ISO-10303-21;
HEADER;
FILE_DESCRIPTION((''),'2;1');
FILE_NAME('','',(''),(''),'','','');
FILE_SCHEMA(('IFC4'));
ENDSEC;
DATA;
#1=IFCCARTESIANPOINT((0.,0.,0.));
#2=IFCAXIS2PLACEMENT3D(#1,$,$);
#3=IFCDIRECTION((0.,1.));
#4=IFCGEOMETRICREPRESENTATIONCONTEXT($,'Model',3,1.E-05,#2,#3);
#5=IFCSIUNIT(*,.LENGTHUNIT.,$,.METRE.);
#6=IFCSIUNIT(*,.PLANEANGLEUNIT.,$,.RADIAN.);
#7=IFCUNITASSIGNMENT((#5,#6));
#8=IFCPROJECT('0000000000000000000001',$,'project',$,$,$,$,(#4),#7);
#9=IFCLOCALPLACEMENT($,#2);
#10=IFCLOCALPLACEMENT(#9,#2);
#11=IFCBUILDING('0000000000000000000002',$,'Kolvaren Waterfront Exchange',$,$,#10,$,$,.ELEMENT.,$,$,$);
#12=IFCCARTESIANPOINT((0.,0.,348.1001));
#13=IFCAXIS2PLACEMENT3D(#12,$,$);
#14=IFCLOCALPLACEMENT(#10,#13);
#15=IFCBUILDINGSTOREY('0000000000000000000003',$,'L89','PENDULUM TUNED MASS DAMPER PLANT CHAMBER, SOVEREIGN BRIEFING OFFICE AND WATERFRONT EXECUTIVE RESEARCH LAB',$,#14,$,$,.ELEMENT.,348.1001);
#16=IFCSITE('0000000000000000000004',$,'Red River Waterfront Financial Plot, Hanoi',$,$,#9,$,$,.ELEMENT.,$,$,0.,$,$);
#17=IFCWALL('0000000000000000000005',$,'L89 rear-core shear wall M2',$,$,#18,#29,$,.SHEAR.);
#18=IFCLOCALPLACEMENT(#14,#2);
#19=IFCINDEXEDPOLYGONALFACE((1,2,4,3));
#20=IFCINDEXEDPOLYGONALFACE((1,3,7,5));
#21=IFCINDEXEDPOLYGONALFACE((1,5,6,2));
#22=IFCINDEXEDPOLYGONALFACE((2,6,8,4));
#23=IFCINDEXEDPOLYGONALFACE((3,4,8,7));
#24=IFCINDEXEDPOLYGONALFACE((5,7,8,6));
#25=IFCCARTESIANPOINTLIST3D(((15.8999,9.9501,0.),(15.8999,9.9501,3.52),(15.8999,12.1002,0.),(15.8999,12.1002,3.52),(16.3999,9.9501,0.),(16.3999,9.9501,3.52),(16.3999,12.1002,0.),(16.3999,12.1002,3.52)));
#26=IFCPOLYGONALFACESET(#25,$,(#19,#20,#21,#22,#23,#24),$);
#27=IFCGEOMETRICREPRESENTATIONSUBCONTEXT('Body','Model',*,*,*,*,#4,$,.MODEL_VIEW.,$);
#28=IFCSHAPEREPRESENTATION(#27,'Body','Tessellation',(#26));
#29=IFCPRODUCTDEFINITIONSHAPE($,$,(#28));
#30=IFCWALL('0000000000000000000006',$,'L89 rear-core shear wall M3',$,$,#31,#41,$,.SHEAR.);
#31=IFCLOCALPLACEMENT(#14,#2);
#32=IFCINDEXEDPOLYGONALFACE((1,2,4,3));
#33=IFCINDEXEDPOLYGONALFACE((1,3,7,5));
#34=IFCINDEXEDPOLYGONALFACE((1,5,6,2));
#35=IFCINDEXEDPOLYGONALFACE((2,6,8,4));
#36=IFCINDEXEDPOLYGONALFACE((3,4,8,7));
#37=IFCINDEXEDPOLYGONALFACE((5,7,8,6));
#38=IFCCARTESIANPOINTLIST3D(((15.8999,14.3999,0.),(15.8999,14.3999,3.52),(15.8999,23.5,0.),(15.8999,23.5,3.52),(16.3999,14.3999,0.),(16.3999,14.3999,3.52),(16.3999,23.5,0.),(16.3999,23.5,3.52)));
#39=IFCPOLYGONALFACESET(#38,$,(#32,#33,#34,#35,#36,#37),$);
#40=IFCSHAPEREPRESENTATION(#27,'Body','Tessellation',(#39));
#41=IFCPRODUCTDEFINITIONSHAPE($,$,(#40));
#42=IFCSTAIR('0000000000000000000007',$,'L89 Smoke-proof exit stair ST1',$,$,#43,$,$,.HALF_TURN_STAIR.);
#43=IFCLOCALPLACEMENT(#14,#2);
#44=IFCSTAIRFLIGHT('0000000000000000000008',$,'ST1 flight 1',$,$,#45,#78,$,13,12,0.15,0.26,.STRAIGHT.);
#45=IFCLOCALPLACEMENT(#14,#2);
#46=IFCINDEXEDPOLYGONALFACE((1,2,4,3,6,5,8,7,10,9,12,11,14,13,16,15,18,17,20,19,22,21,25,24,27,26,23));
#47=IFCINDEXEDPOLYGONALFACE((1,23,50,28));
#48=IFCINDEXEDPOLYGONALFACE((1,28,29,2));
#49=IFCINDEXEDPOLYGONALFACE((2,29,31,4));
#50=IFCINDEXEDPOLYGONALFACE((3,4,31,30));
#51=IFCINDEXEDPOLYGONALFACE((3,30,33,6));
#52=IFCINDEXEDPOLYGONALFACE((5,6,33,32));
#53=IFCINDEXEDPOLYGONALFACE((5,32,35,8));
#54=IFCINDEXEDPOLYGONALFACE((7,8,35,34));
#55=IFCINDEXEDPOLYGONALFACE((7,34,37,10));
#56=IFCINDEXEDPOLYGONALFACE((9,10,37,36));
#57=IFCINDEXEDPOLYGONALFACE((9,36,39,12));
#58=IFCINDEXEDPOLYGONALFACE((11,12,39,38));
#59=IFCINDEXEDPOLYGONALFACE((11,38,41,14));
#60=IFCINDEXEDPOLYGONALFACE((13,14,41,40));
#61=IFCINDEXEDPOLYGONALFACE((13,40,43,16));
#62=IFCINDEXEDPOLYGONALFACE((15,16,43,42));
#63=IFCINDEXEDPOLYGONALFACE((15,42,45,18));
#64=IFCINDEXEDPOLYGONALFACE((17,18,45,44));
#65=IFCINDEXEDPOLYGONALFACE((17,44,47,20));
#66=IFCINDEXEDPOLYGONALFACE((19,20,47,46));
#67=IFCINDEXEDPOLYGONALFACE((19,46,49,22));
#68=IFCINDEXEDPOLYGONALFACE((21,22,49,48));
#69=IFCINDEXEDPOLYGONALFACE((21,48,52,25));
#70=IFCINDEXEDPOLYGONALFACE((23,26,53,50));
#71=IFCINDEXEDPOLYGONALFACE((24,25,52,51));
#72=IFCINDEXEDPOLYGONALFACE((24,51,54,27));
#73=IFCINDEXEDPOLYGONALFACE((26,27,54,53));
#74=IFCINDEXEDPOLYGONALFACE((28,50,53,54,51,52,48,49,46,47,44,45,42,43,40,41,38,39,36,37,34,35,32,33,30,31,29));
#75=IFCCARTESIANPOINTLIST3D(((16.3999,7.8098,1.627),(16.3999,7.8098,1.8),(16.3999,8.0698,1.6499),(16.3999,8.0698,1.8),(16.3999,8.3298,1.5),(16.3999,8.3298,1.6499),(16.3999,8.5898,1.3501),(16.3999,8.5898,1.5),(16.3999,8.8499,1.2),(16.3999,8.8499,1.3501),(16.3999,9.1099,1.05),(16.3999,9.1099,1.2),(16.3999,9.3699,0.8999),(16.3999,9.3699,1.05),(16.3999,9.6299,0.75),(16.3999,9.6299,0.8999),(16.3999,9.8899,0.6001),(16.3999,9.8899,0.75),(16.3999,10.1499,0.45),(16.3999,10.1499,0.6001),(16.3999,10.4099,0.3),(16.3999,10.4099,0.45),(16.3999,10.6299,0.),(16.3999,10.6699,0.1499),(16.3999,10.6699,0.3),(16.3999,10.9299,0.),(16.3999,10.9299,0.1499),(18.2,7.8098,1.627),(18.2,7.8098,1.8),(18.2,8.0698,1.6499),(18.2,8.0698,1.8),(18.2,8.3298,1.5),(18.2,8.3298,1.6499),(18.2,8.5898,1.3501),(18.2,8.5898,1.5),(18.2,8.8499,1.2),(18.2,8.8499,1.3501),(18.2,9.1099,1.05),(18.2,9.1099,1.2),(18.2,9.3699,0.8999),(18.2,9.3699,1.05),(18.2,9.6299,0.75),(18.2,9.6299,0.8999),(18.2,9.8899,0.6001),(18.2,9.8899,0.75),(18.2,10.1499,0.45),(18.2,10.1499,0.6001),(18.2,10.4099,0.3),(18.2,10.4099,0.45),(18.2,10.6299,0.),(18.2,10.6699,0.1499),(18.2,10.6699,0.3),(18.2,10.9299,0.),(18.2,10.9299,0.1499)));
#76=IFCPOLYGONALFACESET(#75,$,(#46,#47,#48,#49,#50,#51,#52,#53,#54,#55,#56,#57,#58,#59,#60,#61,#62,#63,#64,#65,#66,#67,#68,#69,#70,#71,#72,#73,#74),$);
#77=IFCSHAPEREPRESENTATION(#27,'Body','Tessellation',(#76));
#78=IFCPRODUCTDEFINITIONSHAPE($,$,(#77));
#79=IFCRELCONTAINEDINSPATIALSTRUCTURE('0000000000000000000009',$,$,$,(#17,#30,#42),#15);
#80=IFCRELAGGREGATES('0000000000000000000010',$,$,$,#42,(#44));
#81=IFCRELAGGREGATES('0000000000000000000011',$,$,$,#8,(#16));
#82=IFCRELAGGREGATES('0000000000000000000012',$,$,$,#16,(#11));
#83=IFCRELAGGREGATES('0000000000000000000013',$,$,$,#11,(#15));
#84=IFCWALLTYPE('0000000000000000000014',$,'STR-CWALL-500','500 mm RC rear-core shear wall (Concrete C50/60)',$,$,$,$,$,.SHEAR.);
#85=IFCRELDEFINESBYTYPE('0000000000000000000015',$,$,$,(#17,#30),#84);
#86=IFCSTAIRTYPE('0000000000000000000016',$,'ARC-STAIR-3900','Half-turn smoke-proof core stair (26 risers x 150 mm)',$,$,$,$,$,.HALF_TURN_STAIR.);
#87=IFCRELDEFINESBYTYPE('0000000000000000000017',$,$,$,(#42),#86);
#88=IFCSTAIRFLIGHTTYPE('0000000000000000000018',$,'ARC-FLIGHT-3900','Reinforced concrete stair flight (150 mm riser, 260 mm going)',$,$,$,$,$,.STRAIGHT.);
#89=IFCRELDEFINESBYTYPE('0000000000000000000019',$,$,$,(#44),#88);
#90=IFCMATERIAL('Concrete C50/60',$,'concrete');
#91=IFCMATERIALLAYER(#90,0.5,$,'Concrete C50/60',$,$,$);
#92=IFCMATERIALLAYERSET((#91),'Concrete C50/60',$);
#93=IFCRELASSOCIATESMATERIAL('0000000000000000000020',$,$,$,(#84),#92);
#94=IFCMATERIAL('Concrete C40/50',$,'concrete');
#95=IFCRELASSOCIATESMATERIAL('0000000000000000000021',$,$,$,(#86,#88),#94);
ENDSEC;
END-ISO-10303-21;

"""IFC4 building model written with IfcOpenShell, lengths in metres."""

from ifc_helpers import new_model, si_unit, direction, frame, frame_2d, origin, place, context, subcontext, project, spatial, polyline, rectangle, outline, extrude, material, layer, layer_set, type_object, element, aggregate, save


model = new_model("IFC4")

# Units and contexts
model_context = context("Model", 3, precision=1e-05, world=origin(), true_north=direction((0.0, 1.0)))
body_context = subcontext(model_context, "Body", "Model", "MODEL_VIEW")
ifc_project = project(units=[si_unit("LENGTHUNIT", "METRE"), si_unit("PLANEANGLEUNIT", "RADIAN")], contexts=[model_context])

# Site, building, storey
site_placement = place(None, origin())
site = spatial("IfcSite", under=ifc_project, at=site_placement, Name="Red River Waterfront Financial Plot, Hanoi", CompositionType="ELEMENT", RefElevation=0.0)
building_placement = place(site_placement, origin())
building = spatial("IfcBuilding", under=site, at=building_placement, Name="Kolvaren Waterfront Exchange", CompositionType="ELEMENT")
storey_placement = place(building_placement, frame((0.0, 0.0, 348.1001)))
storey = spatial("IfcBuildingStorey", under=building, at=storey_placement, Name="L89", Description="PENDULUM TUNED MASS DAMPER PLANT CHAMBER, SOVEREIGN BRIEFING OFFICE AND WATERFRONT EXECUTIVE RESEARCH LAB", CompositionType="ELEMENT", Elevation=348.1001)

# Walls
ifc_material_1 = material(Name="Concrete C40/50", Category="concrete")
ifc_material_2 = material(Name="Concrete C50/60", Category="concrete")
ifc_layer_1 = layer(ifc_material_2, 0.5, Name="Concrete C50/60")
ifc_layer_set_1 = layer_set([ifc_layer_1], Name="Concrete C50/60")
wall_type_1 = type_object("IfcWallType", Name="STR-CWALL-500", Description="500 mm RC rear-core shear wall (Concrete C50/60)", PredefinedType="SHEAR", material=ifc_layer_set_1)
wall_1_placement = place(storey_placement, frame((16.1499, 9.95, 0.0), z_axis=(0.0, 0.0, 1.0), x_axis=(0.0, 1.0, 0.0)))
element("IfcWall", 1, at=wall_1_placement, inside=storey, type_object=wall_type_1, Name="L89 rear-core shear wall M2", PredefinedType="SHEAR", context=body_context, shape_type="SweptSolid", body=[
    extrude(rectangle(XDim=2.1501, YDim=0.5, at=frame_2d((1.0752, 0.0))), origin(), (0.0, 0.0, 1.0), 3.52),
])
wall_2_placement = place(storey_placement, frame((16.1499, 14.3999, 0.0), z_axis=(0.0, 0.0, 1.0), x_axis=(0.0, 1.0, 0.0)))
element("IfcWall", 2, at=wall_2_placement, inside=storey, type_object=wall_type_1, Name="L89 rear-core shear wall M3", PredefinedType="SHEAR", context=body_context, shape_type="SweptSolid", body=[
    extrude(rectangle(XDim=9.1001, YDim=0.5, at=frame_2d((4.55, 0.0))), origin(), (0.0, 0.0, 1.0), 3.52),
])

# Stair, stair flight
stair_type = type_object("IfcStairType", Name="ARC-STAIR-3900", Description="Half-turn smoke-proof core stair (26 risers x 150 mm)", PredefinedType="HALF_TURN_STAIR", material=ifc_material_1)
stair_placement = place(storey_placement, origin())
stair = element("IfcStair", 3, at=stair_placement, inside=storey, type_object=stair_type, Name="L89 Smoke-proof exit stair ST1", PredefinedType="HALF_TURN_STAIR")
stair_flight_type = type_object("IfcStairFlightType", Name="ARC-FLIGHT-3900", Description="Reinforced concrete stair flight (150 mm riser, 260 mm going)", PredefinedType="STRAIGHT", material=ifc_material_1)
stair_flight_placement = place(storey_placement, frame((17.3, 10.9299, 0.0), z_axis=(0.0, 0.0, 1.0), x_axis=(0.0, -1.0, 0.0)))
stair_flight = element("IfcStairFlight", 4, at=stair_flight_placement, type_object=stair_flight_type, Name="ST1 flight 1", NumberOfRisers=13, NumberOfTreads=12, PredefinedType="STRAIGHT", RiserHeight=0.15, TreadLength=0.26, context=body_context, shape_type="SweptSolid", body=[
    extrude(outline(polyline([(0.0, 0.0), (0.0, 0.1499), (0.26, 0.1499), (0.26, 0.3), (0.52, 0.3), (0.52, 0.45), (0.78, 0.45), (0.78, 0.6001), (1.04, 0.6001), (1.04, 0.75), (1.3, 0.75), (1.3, 0.8999), (1.5601, 0.8999), (1.5601, 1.05), (1.8201, 1.05), (1.8201, 1.2), (2.0801, 1.2), (2.0801, 1.3501), (2.3401, 1.3501), (2.3401, 1.5), (2.6001, 1.5), (2.6001, 1.6499), (2.8601, 1.6499), (2.8601, 1.8), (3.1201, 1.8), (3.1201, 1.95), (3.1201, 1.627), (0.3, 0.0), (0.0, 0.0)])), frame((0.0, 0.8999, 0.0), z_axis=(0.0, -1.0, 0.0), x_axis=(1.0, 0.0, 0.0)), (0.0, 0.0, 1.0), 1.8),
])
aggregate(stair, [stair_flight])

save(model, "model.ifc")
